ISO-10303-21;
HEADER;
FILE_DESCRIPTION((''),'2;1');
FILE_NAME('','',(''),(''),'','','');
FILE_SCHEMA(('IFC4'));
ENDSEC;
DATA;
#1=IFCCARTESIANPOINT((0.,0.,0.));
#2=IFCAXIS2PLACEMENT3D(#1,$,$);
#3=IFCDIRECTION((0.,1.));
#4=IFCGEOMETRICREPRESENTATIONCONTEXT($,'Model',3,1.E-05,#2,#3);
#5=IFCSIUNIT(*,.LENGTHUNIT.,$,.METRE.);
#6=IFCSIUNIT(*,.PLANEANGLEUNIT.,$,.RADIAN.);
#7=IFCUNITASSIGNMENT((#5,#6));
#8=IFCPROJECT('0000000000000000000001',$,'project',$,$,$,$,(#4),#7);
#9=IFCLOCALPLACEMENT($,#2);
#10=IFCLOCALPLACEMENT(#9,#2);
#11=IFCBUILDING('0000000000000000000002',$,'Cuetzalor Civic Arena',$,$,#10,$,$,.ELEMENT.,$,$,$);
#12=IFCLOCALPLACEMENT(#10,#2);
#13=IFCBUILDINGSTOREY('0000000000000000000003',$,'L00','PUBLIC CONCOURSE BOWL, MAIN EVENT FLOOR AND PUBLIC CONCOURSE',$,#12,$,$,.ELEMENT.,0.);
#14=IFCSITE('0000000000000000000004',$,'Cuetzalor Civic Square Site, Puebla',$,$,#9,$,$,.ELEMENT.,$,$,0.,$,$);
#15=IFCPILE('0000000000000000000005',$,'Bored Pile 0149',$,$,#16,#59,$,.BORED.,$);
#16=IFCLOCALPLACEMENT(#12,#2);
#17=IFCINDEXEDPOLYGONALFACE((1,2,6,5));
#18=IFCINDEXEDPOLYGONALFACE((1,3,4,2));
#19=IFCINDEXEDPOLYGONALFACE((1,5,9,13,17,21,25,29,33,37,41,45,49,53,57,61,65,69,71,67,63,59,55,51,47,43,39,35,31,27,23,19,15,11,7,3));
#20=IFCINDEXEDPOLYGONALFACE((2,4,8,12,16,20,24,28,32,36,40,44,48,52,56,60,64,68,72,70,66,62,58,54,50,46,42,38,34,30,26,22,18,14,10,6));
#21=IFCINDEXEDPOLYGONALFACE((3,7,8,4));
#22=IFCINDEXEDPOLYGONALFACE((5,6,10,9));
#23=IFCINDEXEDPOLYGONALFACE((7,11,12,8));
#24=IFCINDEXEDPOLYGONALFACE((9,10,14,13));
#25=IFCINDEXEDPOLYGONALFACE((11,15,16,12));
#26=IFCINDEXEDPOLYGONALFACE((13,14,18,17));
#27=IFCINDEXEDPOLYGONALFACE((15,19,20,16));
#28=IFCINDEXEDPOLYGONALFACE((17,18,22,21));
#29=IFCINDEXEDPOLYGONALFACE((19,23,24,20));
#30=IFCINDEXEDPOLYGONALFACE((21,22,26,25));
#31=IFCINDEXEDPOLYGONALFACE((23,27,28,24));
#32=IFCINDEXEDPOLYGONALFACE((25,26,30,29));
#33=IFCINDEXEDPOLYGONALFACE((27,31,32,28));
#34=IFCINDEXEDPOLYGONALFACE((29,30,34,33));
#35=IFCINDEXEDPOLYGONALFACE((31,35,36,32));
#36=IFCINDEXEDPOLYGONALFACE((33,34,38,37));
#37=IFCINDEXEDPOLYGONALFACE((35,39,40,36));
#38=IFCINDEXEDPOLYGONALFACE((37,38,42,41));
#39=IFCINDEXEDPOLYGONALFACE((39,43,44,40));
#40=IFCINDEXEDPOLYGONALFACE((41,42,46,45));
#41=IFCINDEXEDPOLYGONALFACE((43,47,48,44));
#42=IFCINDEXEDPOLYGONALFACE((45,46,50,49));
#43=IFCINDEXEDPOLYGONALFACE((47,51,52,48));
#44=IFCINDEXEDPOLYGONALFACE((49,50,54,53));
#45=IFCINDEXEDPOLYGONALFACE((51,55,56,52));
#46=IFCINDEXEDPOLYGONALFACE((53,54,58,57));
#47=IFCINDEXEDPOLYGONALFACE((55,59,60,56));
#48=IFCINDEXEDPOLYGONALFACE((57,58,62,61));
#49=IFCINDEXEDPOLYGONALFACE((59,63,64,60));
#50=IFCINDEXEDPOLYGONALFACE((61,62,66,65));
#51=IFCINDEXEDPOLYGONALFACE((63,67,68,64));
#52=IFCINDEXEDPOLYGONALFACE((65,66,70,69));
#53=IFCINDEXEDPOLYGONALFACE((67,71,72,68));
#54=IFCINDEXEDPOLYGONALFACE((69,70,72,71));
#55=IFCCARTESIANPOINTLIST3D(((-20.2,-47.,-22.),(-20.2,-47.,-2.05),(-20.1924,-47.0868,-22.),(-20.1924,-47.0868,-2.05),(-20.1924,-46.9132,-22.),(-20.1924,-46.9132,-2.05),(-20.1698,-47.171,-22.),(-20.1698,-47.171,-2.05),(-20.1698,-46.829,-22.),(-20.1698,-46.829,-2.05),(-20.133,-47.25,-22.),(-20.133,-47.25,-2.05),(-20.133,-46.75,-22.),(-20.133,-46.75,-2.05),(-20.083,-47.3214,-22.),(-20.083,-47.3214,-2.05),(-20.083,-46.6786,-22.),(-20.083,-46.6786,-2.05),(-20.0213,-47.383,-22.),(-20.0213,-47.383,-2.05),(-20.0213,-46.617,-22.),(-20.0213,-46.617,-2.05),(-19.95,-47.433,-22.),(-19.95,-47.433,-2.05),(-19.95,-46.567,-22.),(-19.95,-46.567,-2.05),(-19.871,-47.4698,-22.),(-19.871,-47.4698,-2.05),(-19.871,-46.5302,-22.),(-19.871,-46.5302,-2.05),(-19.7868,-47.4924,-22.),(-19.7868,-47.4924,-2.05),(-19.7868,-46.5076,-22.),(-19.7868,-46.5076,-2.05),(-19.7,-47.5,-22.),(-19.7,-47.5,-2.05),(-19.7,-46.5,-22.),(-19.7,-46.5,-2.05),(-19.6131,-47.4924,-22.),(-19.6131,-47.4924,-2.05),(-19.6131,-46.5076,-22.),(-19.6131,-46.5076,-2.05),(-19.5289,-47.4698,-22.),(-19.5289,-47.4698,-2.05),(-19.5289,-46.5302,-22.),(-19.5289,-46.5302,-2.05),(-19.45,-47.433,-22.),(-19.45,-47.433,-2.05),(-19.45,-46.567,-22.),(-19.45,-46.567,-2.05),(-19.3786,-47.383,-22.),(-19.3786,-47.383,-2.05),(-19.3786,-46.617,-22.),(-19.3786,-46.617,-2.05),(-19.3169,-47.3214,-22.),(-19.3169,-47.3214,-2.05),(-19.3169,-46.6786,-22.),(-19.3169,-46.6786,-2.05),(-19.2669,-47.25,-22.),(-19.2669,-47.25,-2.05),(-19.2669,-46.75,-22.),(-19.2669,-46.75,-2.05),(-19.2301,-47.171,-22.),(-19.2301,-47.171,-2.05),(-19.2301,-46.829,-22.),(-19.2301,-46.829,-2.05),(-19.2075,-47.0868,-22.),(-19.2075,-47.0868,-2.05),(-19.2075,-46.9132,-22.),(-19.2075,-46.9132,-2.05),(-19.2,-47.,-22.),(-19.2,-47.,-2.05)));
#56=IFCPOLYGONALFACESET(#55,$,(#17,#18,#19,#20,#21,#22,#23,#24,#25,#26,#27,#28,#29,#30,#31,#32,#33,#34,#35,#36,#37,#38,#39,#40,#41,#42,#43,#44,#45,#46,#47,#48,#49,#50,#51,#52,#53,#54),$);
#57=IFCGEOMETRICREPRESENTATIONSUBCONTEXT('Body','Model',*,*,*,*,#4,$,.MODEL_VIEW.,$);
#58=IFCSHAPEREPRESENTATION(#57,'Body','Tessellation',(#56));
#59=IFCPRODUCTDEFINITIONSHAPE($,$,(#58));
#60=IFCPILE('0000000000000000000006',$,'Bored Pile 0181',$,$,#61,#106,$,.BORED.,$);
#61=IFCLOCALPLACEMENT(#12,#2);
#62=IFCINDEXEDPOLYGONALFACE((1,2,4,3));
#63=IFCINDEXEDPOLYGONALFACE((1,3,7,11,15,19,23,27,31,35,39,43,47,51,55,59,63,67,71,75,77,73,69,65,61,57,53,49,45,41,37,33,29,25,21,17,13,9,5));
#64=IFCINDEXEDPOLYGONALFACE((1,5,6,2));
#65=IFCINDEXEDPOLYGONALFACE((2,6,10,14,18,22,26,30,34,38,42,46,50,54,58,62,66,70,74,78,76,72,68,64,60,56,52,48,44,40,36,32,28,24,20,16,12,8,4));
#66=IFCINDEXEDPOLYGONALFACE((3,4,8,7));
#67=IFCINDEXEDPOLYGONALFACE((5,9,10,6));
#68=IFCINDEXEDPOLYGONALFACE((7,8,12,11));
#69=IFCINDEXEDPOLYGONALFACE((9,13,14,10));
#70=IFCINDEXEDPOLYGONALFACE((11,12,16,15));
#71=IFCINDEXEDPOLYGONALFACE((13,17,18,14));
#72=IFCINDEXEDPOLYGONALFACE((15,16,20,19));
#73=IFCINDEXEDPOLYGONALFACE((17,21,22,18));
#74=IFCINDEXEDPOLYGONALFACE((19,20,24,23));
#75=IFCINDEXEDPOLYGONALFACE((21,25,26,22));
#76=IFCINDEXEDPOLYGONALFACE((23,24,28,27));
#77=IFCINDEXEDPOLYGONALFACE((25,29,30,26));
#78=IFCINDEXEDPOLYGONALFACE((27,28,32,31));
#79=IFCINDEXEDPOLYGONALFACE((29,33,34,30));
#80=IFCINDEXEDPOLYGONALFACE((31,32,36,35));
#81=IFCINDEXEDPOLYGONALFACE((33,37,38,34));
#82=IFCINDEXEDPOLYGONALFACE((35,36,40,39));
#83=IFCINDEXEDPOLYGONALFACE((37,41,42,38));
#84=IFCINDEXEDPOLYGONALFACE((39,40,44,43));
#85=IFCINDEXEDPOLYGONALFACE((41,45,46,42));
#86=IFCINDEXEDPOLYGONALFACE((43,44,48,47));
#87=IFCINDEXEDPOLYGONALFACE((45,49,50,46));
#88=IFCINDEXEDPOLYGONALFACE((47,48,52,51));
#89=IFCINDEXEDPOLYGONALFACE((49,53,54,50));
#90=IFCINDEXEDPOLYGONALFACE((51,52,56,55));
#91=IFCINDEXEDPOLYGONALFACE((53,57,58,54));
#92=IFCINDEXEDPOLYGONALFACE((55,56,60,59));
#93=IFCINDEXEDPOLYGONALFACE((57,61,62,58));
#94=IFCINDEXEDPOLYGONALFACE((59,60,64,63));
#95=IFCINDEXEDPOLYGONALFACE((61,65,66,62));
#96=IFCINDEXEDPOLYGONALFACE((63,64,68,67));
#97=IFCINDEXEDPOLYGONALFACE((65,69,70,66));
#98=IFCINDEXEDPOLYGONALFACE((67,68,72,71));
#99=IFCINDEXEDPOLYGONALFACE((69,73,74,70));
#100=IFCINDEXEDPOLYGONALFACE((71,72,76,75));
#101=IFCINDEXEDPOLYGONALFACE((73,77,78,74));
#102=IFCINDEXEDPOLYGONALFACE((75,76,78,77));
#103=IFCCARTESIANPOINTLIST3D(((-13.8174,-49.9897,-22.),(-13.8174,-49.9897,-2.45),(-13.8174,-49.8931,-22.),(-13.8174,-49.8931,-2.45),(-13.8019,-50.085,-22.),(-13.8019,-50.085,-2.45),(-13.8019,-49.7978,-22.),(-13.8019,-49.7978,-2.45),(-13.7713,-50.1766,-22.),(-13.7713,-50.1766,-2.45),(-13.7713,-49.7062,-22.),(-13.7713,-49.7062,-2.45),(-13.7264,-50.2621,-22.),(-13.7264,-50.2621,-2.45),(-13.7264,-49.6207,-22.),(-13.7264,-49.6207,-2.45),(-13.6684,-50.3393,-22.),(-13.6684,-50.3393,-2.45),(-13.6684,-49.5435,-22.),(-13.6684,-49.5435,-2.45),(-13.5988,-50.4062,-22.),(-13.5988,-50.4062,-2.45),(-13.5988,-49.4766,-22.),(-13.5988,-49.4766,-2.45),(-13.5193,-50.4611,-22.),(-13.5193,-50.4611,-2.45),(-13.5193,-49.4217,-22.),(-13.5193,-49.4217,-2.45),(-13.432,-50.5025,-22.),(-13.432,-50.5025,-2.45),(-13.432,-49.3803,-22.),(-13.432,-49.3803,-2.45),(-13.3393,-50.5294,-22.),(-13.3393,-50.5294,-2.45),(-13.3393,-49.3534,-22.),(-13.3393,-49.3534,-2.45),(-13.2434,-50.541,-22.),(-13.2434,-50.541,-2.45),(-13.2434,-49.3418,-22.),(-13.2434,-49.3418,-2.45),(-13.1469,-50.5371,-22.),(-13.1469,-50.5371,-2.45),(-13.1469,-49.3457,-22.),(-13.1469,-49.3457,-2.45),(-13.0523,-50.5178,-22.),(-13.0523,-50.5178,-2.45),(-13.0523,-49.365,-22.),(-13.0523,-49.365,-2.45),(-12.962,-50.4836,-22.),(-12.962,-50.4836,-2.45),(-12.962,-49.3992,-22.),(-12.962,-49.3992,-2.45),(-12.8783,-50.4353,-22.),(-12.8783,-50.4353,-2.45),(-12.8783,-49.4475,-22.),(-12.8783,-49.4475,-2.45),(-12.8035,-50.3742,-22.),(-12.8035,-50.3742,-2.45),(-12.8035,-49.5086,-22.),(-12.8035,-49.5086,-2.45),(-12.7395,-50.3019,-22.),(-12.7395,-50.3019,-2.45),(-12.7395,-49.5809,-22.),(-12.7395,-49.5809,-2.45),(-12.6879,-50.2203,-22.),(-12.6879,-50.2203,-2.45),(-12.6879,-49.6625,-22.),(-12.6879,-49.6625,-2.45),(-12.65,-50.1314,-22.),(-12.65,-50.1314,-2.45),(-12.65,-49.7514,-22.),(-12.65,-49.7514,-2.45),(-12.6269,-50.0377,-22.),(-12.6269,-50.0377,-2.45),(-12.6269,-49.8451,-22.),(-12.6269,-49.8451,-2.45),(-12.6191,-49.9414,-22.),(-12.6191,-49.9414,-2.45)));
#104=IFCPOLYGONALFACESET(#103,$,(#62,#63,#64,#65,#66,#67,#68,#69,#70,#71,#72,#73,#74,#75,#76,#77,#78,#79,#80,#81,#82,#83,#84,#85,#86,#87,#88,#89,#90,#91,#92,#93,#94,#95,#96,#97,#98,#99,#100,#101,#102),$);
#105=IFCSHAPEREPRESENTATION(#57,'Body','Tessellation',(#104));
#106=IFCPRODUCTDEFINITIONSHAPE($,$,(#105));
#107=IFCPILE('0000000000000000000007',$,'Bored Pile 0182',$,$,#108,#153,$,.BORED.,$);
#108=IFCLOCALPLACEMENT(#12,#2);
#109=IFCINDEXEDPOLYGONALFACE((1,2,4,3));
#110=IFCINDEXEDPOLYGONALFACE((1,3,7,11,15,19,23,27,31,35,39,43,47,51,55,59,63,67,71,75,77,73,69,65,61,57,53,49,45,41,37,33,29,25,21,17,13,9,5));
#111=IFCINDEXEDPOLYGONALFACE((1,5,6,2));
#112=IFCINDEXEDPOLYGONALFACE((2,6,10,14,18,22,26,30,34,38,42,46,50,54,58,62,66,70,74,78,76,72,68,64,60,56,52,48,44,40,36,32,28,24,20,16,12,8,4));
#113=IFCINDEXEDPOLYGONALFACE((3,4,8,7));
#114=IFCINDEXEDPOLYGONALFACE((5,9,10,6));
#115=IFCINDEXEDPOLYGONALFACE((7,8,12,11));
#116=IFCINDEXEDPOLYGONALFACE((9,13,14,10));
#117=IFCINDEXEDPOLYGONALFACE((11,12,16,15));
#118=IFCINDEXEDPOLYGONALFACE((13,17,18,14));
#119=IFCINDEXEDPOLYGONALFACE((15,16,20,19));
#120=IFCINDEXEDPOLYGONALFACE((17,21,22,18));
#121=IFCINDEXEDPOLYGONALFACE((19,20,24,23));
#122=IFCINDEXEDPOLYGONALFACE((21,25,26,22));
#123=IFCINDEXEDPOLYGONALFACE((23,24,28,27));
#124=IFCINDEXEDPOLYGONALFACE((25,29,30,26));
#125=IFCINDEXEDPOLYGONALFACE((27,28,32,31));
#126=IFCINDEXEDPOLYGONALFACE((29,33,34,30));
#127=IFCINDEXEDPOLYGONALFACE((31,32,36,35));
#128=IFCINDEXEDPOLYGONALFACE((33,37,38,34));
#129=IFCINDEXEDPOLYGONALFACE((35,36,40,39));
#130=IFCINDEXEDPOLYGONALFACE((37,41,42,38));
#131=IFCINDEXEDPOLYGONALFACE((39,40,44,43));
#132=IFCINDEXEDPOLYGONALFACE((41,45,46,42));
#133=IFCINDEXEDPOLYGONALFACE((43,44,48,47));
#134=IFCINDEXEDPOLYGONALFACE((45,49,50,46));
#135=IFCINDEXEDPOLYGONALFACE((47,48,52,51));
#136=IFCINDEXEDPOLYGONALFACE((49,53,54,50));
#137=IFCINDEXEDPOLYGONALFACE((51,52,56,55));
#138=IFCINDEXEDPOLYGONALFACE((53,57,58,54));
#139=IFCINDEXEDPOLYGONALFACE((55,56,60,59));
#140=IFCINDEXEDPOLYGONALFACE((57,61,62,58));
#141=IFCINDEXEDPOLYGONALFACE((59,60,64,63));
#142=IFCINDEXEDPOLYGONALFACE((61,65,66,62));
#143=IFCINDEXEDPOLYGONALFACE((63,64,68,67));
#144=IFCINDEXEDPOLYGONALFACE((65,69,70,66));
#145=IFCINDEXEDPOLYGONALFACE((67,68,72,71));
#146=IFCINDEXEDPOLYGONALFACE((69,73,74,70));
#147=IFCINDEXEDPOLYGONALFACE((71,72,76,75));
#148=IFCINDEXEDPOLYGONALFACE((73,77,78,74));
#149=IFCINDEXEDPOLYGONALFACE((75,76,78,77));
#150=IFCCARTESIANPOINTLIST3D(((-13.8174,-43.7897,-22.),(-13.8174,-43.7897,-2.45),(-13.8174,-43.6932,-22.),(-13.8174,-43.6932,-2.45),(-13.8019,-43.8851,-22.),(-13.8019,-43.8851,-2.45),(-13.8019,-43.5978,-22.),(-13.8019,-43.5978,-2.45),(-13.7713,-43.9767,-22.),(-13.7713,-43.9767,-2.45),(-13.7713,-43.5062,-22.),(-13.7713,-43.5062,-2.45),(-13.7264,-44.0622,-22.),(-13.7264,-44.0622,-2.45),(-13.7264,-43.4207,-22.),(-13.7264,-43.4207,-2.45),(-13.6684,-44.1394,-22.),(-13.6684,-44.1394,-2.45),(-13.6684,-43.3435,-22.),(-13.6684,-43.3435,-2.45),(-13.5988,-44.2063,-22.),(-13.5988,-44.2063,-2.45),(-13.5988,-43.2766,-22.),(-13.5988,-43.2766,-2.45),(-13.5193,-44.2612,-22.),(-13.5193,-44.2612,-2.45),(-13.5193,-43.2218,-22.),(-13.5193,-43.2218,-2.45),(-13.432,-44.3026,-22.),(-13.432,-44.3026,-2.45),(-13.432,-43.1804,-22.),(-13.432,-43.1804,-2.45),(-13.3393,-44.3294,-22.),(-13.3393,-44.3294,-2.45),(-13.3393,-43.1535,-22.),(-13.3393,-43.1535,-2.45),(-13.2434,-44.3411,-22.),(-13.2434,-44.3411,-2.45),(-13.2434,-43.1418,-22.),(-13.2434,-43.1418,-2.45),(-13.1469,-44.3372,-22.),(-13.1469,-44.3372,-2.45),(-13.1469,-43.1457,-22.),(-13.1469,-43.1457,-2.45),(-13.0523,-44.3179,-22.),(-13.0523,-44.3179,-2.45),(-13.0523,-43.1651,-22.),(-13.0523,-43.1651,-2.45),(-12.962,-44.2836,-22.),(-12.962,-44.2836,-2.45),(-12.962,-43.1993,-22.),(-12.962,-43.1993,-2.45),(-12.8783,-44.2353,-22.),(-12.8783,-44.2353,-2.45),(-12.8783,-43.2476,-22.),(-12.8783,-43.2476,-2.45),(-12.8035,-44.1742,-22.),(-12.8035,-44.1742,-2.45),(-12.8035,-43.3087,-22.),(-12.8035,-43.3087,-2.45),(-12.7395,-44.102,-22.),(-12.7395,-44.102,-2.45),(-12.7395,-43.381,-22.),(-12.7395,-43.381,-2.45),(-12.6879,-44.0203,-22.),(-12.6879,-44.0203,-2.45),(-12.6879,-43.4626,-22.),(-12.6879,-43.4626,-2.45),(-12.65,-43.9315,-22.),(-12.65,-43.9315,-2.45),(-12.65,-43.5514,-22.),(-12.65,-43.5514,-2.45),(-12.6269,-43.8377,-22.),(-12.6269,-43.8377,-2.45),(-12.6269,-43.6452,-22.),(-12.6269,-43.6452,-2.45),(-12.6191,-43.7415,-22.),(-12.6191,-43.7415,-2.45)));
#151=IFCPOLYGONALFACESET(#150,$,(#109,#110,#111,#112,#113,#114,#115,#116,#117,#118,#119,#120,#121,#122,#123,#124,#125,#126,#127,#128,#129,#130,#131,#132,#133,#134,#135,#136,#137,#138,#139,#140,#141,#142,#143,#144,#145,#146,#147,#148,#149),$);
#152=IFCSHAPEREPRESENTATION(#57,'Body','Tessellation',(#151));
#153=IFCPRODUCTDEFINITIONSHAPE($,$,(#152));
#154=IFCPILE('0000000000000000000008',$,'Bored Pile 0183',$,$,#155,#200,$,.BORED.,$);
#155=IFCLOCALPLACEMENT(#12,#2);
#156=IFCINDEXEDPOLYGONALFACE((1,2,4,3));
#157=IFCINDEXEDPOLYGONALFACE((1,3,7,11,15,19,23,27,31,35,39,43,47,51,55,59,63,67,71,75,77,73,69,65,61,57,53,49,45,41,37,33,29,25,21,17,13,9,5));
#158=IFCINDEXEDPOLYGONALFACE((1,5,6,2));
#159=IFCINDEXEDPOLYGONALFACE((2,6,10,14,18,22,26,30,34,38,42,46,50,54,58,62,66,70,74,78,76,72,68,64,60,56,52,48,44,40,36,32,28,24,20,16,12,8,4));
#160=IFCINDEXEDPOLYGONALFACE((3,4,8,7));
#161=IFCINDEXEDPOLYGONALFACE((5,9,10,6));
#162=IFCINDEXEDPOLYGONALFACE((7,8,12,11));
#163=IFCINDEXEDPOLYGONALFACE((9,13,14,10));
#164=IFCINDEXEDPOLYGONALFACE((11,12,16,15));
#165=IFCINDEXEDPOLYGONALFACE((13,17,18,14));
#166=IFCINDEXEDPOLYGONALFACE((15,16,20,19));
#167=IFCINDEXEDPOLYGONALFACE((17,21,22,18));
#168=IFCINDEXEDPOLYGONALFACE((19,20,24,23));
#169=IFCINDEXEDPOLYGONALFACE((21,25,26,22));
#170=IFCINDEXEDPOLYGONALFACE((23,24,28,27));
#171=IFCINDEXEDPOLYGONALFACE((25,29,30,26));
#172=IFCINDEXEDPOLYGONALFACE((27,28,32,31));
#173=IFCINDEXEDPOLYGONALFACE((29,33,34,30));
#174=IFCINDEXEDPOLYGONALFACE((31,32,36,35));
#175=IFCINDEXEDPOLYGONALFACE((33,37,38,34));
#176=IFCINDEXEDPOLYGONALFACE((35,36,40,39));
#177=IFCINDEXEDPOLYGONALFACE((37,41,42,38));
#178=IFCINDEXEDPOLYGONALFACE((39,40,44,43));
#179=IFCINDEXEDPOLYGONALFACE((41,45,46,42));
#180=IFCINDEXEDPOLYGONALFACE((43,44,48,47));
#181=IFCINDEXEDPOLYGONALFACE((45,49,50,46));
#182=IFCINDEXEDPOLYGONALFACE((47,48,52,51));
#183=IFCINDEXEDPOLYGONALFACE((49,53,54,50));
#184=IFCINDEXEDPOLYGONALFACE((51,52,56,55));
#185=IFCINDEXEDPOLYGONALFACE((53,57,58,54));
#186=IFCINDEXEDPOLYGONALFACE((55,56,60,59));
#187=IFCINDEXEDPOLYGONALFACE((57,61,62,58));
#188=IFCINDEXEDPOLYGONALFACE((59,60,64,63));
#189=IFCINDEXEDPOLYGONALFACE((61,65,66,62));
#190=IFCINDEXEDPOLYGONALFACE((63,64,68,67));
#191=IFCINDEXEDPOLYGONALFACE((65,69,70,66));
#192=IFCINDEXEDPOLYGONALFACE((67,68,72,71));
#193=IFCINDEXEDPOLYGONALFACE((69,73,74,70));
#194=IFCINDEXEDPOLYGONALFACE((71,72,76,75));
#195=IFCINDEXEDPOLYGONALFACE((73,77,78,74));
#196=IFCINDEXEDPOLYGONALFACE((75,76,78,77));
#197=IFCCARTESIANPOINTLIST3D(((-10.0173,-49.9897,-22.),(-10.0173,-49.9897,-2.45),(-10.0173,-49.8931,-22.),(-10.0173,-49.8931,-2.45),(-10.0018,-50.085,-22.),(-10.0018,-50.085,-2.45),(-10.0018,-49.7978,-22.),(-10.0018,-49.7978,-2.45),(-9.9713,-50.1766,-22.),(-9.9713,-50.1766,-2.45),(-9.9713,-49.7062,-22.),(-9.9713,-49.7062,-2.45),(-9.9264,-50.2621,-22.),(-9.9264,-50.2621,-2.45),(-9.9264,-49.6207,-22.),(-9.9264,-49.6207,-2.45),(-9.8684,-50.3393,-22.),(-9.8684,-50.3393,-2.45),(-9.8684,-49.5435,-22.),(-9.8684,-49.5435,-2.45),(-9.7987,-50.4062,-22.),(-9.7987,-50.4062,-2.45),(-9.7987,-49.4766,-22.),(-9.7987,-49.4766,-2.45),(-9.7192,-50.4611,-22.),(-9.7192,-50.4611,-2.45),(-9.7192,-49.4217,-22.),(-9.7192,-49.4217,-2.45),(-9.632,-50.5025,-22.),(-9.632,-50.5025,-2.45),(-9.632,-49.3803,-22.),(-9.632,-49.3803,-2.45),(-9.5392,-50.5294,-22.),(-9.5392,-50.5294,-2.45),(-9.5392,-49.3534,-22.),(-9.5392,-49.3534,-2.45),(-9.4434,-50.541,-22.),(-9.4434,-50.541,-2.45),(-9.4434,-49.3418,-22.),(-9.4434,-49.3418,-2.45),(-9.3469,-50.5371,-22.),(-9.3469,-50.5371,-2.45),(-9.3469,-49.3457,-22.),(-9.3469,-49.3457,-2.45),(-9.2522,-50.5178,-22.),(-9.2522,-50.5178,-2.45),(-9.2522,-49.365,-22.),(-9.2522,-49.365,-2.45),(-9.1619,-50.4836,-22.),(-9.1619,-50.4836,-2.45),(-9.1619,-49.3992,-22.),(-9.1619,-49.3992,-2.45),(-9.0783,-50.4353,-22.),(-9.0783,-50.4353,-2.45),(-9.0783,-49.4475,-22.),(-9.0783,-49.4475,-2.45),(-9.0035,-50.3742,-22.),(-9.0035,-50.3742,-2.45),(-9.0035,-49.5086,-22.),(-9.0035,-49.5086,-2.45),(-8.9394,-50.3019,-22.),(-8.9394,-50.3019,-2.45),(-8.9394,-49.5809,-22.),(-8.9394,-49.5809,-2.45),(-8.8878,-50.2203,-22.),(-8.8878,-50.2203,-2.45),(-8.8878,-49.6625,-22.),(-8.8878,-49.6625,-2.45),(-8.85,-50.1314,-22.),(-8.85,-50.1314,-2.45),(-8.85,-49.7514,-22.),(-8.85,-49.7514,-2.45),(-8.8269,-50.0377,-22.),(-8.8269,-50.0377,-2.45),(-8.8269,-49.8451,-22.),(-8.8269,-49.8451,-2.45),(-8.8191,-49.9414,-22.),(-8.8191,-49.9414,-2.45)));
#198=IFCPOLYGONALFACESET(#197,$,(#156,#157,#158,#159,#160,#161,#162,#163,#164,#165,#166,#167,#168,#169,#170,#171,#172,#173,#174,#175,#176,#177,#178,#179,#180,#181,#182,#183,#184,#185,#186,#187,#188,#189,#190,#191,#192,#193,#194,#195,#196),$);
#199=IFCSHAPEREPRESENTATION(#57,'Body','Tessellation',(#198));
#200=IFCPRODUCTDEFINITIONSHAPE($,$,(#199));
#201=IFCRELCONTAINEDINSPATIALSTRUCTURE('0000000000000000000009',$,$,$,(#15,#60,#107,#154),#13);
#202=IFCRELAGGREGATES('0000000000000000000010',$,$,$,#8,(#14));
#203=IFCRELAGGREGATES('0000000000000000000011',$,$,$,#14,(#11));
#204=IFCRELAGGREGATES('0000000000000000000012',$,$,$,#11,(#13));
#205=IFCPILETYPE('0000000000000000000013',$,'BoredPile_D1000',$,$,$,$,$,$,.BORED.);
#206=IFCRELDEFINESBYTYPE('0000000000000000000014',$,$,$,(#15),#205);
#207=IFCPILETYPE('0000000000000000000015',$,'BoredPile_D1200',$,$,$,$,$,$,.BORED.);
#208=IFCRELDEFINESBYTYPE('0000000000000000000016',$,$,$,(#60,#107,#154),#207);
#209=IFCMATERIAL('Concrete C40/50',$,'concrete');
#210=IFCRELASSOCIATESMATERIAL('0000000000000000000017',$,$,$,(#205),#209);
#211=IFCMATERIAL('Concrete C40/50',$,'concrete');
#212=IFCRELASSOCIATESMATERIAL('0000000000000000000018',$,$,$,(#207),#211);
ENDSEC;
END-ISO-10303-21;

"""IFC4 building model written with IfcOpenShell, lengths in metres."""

from ifc_helpers import new_model, si_unit, direction, frame, origin, origin_2d, place, context, subcontext, project, spatial, circle, extrude, material, material_profile, profile_set, type_object, element, save


model = new_model("IFC4")

# Units and contexts
model_context = context("Model", 3, precision=1e-05, world=origin(), true_north=direction((0.0, 1.0)))
body_context = subcontext(model_context, "Body", "Model", "MODEL_VIEW")
ifc_project = project(units=[si_unit("LENGTHUNIT", "METRE"), si_unit("PLANEANGLEUNIT", "RADIAN")], contexts=[model_context])

# Site, building, storey
site_placement = place(None, origin())
site = spatial("IfcSite", under=ifc_project, at=site_placement, Name="Cuetzalor Civic Square Site, Puebla", CompositionType="ELEMENT", RefElevation=0.0)
building_placement = place(site_placement, origin())
building = spatial("IfcBuilding", under=site, at=building_placement, Name="Cuetzalor Civic Arena", CompositionType="ELEMENT")
storey_placement = place(building_placement, origin())
storey = spatial("IfcBuildingStorey", under=building, at=storey_placement, Name="L00", Description="PUBLIC CONCOURSE BOWL, MAIN EVENT FLOOR AND PUBLIC CONCOURSE", CompositionType="ELEMENT", Elevation=0.0)

# Piles
ifc_material_1 = material(Name="Concrete C40/50", Category="concrete")
ifc_material_profile_1 = material_profile(ifc_material_1, circle(Radius=0.5, at=origin_2d()), Name="BORED PILE D1000")
ifc_profile_set_1 = profile_set([ifc_material_profile_1], Name="Concrete C40/50")
pile_type_1 = type_object("IfcPileType", Name="BoredPile_D1000", PredefinedType="BORED", material=ifc_profile_set_1)
for number, where, z_axis, x_axis, name in (
    (1, (-19.7, -47.0, -2.05), (0.0, 0.0, -1.0), (1.0, 0.0, 0.0), "Bored Pile 0149"),
):
    element("IfcPile", number, at=place(storey_placement, frame(where, z_axis=z_axis, x_axis=x_axis)), inside=storey, type_object=pile_type_1, Name=name, PredefinedType="BORED", context=body_context, shape_type="SweptSolid", body=[
        extrude(circle(Radius=0.5, at=origin_2d()), origin(), (0.0, 0.0, 1.0), 19.95),
    ])
ifc_material_2 = material(Name="Concrete C40/50", Category="concrete")
ifc_material_profile_2 = material_profile(ifc_material_2, circle(Radius=0.6001, at=origin_2d()), Name="BORED PILE D1200")
ifc_profile_set_2 = profile_set([ifc_material_profile_2], Name="Concrete C40/50")
pile_type_2 = type_object("IfcPileType", Name="BoredPile_D1200", PredefinedType="BORED", material=ifc_profile_set_2)
for number, where, z_axis, x_axis, name in (
    (2, (-13.2192, -49.9414, -2.45), (0.0, 0.0, -1.0), (1.0, 0.0, 0.0), "Bored Pile 0181"),
    (3, (-13.2192, -43.7415, -2.45), (0.0, 0.0, -1.0), (1.0, 0.0, 0.0), "Bored Pile 0182"),
    (4, (-9.4192, -49.9414, -2.45), (0.0, 0.0, -1.0), (1.0, 0.0, 0.0), "Bored Pile 0183"),
):
    element("IfcPile", number, at=place(storey_placement, frame(where, z_axis=z_axis, x_axis=x_axis)), inside=storey, type_object=pile_type_2, Name=name, PredefinedType="BORED", context=body_context, shape_type="SweptSolid", body=[
        extrude(circle(Radius=0.6001, at=origin_2d()), origin(), (0.0, 0.0, 1.0), 19.55),
    ])

save(model, "model.ifc")
